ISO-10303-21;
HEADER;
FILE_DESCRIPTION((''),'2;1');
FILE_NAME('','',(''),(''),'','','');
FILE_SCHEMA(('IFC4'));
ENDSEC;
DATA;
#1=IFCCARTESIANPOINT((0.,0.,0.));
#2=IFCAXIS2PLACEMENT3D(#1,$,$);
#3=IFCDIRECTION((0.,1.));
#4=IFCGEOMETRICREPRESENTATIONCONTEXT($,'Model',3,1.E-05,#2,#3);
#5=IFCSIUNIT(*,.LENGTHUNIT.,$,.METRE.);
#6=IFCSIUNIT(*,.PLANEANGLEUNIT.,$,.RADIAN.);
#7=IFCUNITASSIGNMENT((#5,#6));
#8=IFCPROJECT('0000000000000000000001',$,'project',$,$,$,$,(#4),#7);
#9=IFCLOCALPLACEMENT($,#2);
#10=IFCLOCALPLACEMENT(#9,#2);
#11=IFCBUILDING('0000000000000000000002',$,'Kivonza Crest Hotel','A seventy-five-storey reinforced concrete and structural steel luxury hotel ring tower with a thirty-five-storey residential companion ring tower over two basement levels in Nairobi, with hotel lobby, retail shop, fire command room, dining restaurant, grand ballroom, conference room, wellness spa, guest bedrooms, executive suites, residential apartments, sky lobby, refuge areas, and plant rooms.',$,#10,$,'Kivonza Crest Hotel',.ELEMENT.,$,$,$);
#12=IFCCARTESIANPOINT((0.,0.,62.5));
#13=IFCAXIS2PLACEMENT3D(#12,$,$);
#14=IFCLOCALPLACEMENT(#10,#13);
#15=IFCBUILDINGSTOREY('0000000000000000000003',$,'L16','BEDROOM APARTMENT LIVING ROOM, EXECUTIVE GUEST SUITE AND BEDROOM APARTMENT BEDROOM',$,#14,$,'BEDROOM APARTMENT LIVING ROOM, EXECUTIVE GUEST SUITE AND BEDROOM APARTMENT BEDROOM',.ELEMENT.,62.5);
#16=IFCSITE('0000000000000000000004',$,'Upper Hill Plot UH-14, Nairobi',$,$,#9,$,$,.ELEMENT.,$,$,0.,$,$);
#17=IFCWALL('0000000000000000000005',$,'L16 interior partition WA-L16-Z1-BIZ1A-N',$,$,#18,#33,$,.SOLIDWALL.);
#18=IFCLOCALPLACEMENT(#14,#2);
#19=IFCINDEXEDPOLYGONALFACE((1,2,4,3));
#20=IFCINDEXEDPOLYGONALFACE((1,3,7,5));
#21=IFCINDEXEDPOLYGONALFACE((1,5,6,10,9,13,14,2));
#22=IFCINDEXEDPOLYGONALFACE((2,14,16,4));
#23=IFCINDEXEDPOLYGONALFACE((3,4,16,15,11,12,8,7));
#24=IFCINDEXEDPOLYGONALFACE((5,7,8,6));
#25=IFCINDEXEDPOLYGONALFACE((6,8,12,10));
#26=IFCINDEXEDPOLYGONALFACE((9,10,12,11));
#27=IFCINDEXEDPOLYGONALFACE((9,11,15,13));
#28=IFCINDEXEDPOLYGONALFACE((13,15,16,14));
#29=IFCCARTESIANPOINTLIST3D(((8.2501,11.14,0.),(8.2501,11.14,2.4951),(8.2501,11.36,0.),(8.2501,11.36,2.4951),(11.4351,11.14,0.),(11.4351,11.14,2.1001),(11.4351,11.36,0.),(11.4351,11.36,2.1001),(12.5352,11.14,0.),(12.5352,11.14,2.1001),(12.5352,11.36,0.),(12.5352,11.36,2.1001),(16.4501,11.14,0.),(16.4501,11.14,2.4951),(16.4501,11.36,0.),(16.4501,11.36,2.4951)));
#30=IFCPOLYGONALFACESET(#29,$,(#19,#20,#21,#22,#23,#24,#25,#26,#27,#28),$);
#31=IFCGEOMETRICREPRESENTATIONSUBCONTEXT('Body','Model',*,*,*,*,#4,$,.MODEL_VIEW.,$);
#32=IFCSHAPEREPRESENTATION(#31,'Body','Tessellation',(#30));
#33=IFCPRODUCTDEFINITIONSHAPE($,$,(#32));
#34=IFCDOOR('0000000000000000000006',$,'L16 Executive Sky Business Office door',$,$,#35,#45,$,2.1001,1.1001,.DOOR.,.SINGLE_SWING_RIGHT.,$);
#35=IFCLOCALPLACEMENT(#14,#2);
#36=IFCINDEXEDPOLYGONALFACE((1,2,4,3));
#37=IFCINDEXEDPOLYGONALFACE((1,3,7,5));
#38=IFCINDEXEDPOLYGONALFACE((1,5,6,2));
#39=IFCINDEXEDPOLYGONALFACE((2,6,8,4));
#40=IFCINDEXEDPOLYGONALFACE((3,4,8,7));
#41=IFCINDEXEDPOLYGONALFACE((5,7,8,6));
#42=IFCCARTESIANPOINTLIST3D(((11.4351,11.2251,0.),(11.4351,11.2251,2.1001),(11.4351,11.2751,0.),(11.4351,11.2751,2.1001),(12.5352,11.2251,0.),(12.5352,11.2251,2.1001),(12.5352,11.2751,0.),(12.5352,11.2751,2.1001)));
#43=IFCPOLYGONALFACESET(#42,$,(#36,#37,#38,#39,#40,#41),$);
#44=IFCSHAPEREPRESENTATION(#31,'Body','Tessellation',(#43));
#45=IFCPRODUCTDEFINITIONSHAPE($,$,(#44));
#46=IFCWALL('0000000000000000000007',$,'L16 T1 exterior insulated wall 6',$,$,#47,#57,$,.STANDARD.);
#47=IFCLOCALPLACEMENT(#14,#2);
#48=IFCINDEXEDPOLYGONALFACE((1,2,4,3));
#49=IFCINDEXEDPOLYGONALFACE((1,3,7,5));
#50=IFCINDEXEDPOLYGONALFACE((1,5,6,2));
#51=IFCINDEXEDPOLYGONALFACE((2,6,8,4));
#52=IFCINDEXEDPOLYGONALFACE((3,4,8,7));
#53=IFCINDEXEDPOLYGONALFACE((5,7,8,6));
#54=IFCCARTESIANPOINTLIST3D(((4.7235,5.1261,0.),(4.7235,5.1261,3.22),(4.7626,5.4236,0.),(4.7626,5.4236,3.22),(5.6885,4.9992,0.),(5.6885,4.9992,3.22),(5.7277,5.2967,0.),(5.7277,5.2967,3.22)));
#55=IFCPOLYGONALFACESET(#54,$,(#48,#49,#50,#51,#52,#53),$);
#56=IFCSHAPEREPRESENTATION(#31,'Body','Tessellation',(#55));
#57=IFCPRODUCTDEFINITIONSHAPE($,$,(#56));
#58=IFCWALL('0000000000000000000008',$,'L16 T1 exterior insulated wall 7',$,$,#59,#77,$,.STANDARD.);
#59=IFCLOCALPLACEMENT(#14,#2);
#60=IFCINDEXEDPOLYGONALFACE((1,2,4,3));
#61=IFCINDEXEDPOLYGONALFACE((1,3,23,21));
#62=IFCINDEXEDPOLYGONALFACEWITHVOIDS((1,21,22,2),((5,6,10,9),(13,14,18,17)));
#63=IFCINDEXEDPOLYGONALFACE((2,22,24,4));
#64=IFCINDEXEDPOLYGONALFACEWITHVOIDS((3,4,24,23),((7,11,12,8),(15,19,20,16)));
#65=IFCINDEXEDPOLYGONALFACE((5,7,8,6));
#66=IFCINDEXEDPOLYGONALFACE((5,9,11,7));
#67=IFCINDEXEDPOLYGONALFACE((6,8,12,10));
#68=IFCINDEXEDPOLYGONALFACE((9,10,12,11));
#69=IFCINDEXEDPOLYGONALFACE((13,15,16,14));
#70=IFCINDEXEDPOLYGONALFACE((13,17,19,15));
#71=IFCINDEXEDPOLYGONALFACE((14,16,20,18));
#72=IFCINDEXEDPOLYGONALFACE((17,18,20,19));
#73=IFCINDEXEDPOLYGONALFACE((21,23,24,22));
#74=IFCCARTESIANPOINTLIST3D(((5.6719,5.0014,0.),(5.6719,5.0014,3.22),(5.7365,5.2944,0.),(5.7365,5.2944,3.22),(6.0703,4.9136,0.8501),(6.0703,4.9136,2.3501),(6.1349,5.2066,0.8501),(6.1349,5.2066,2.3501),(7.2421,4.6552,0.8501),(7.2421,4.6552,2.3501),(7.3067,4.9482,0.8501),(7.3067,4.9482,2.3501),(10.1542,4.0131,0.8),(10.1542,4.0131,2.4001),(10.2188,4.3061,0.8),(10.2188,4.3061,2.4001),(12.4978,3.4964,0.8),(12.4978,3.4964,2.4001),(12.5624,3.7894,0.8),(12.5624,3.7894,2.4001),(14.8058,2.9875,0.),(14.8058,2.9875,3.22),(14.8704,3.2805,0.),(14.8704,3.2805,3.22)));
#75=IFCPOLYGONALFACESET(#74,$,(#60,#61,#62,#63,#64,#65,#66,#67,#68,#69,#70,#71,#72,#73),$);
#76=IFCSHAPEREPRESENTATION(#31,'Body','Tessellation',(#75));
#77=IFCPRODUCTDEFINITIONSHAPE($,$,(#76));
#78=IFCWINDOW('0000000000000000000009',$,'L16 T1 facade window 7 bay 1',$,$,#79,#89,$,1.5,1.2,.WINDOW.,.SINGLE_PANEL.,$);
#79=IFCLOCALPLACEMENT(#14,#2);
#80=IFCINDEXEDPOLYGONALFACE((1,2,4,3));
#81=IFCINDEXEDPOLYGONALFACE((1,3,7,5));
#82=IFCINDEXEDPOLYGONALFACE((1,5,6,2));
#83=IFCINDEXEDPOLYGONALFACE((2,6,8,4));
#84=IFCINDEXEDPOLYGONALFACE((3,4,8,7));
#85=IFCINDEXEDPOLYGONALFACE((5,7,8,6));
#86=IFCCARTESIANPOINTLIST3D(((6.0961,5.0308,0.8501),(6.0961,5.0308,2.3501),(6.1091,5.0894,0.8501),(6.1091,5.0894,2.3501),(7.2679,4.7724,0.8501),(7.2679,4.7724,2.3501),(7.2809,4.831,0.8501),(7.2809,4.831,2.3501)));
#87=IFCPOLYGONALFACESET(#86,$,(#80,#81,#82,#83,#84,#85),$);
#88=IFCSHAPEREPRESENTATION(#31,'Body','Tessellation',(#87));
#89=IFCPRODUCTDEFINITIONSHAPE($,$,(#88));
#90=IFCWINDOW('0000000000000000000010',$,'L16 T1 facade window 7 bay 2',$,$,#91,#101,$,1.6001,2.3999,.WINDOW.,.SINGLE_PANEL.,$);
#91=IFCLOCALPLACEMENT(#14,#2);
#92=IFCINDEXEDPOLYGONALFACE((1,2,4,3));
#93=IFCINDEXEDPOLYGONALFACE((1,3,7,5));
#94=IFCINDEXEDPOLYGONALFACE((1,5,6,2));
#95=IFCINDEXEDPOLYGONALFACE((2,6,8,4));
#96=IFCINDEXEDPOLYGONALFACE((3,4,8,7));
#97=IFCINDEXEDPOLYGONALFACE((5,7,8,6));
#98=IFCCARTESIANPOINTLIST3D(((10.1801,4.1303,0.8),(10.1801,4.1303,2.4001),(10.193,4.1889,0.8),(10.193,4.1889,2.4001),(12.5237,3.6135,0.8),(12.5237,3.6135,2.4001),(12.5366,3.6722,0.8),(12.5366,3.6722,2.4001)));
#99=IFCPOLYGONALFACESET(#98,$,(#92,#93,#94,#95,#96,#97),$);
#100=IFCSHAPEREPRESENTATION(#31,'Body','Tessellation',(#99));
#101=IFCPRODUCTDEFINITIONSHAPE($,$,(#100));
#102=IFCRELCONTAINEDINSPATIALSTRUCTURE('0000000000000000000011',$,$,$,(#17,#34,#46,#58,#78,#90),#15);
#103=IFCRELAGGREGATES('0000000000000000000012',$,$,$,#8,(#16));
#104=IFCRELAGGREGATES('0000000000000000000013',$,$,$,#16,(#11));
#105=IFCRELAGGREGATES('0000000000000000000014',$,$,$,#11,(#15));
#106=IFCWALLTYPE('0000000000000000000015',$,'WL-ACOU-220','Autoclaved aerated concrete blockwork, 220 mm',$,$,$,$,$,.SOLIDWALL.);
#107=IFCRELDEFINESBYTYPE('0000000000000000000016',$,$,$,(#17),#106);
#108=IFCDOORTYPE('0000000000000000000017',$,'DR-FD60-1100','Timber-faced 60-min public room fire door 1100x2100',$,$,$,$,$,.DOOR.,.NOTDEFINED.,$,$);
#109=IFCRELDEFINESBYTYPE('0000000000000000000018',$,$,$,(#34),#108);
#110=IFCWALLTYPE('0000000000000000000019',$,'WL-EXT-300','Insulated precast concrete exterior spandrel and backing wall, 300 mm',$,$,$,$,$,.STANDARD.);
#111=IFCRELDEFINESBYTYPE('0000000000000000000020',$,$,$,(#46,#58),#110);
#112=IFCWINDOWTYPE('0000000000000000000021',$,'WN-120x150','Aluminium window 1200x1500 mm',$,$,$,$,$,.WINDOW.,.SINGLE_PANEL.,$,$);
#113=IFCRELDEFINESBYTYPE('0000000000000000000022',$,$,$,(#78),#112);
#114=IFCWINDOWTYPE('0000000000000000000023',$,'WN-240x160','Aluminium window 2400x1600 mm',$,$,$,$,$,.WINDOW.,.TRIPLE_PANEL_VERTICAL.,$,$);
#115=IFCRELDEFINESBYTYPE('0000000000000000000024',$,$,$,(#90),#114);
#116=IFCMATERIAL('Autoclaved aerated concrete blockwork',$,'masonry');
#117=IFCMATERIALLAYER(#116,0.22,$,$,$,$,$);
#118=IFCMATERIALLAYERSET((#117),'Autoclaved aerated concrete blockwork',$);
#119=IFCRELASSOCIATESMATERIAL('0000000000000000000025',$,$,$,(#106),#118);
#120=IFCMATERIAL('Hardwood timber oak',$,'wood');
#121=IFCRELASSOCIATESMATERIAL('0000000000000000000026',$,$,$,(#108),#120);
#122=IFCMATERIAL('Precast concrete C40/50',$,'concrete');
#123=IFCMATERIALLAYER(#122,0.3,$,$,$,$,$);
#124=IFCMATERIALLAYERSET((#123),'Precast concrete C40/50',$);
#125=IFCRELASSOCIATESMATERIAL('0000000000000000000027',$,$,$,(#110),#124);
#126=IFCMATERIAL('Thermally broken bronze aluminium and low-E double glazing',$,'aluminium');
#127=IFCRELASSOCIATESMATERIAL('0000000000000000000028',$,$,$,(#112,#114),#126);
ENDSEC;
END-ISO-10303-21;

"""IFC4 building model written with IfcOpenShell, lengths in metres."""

from ifc_helpers import new_model, si_unit, direction, frame, frame_2d, origin, place, context, subcontext, project, spatial, rectangle, extrude, material, layer, layer_set, type_object, element, fill, save


model = new_model("IFC4")

# Units and contexts
model_context = context("Model", 3, precision=1e-05, world=origin(), true_north=direction((0.0, 1.0)))
body_context = subcontext(model_context, "Body", "Model", "MODEL_VIEW")
ifc_project = project(units=[si_unit("LENGTHUNIT", "METRE"), si_unit("PLANEANGLEUNIT", "RADIAN")], contexts=[model_context])

# Site, building, storey
site_placement = place(None, origin())
site = spatial("IfcSite", under=ifc_project, at=site_placement, Name="Upper Hill Plot UH-14, Nairobi", CompositionType="ELEMENT", RefElevation=0.0)
building_placement = place(site_placement, origin())
building = spatial("IfcBuilding", under=site, at=building_placement, Name="Kivonza Crest Hotel", Description="A seventy-five-storey reinforced concrete and structural steel luxury hotel ring tower with a thirty-five-storey residential companion ring tower over two basement levels in Nairobi, with hotel lobby, retail shop, fire command room, dining restaurant, grand ballroom, conference room, wellness spa, guest bedrooms, executive suites, residential apartments, sky lobby, refuge areas, and plant rooms.", LongName="Kivonza Crest Hotel", CompositionType="ELEMENT")
storey_placement = place(building_placement, frame((0.0, 0.0, 62.5)))
storey = spatial("IfcBuildingStorey", under=building, at=storey_placement, Name="L16", Description="BEDROOM APARTMENT LIVING ROOM, EXECUTIVE GUEST SUITE AND BEDROOM APARTMENT BEDROOM", LongName="BEDROOM APARTMENT LIVING ROOM, EXECUTIVE GUEST SUITE AND BEDROOM APARTMENT BEDROOM", CompositionType="ELEMENT", Elevation=62.5)

# Wall, opening, door
ifc_material_1 = material(Name="Autoclaved aerated concrete blockwork", Category="masonry")
ifc_layer_1 = layer(ifc_material_1, 0.22)
ifc_layer_set_1 = layer_set([ifc_layer_1], Name="Autoclaved aerated concrete blockwork")
wall_type_1 = type_object("IfcWallType", Name="WL-ACOU-220", Description="Autoclaved aerated concrete blockwork, 220 mm", PredefinedType="SOLIDWALL", material=ifc_layer_set_1)
ifc_material_2 = material(Name="Hardwood timber oak", Category="wood")
door_type = type_object("IfcDoorType", Name="DR-FD60-1100", Description="Timber-faced 60-min public room fire door 1100x2100", OperationType="NOTDEFINED", PredefinedType="DOOR", material=ifc_material_2)
wall_1_placement = place(storey_placement, frame((8.25, 11.25, 0.0), z_axis=(0.0, 0.0, 1.0), x_axis=(1.0, 0.0, 0.0)))
wall_1 = element("IfcWall", 1, at=wall_1_placement, inside=storey, type_object=wall_type_1, Name="L16 interior partition WA-L16-Z1-BIZ1A-N", PredefinedType="SOLIDWALL", context=body_context, shape_type="SweptSolid", body=[
    extrude(rectangle(XDim=8.2, YDim=0.22, at=frame_2d((4.1001, 0.0))), origin(), (0.0, 0.0, 1.0), 2.4951),
])
opening_1_placement = place(wall_1_placement, frame((3.1851, 0.0, 0.0)))
opening_1 = element("IfcOpeningElement", 2, at=opening_1_placement, cuts=wall_1, PredefinedType="OPENING", context=body_context, shape_type="SweptSolid", body=[
    extrude(rectangle(XDim=1.1001, YDim=2.1001, at=frame_2d((0.55, 1.05))), frame((0.0, 0.1201, 0.0), z_axis=(0.0, -1.0, 0.0), x_axis=(1.0, 0.0, 0.0)), (0.0, 0.0, 1.0), 0.24),
])
door_1_placement = place(opening_1_placement, frame((1.1001, 0.0, 0.0), z_axis=(0.0, 0.0, 1.0), x_axis=(-1.0, 0.0, 0.0)))
door_1 = element("IfcDoor", 3, at=door_1_placement, inside=storey, type_object=door_type, Name="L16 Executive Sky Business Office door", OperationType="SINGLE_SWING_RIGHT", OverallHeight=2.1001, OverallWidth=1.1001, PredefinedType="DOOR", context=body_context, shape_type="SweptSolid", body=[
    extrude(rectangle(XDim=1.1001, YDim=2.1001, at=frame_2d((0.55, 1.05))), frame((0.0, 0.0249, 0.0), z_axis=(0.0, -1.0, 0.0), x_axis=(1.0, 0.0, 0.0)), (0.0, 0.0, 1.0), 0.05),
])
fill(opening_1, door_1)

# Wall
ifc_material_3 = material(Name="Precast concrete C40/50", Category="concrete")
ifc_layer_2 = layer(ifc_material_3, 0.3)
ifc_layer_set_2 = layer_set([ifc_layer_2], Name="Precast concrete C40/50")
wall_type_2 = type_object("IfcWallType", Name="WL-EXT-300", Description="Insulated precast concrete exterior spandrel and backing wall, 300 mm", PredefinedType="STANDARD", material=ifc_layer_set_2)
wall_2_placement = place(storey_placement, frame((4.7429, 5.2749, 0.0), z_axis=(0.0, 0.0, 1.0), x_axis=(0.991459, -0.130422, 0.0)))
element("IfcWall", 4, at=wall_2_placement, inside=storey, type_object=wall_type_2, Name="L16 T1 exterior insulated wall 6", PredefinedType="STANDARD", context=body_context, shape_type="SweptSolid", body=[
    extrude(rectangle(XDim=0.9734, YDim=0.3, at=frame_2d((0.4868, 0.0))), origin(), (0.0, 0.0, 1.0), 3.22),
])

# Wall, openings, windows
wall_3_placement = place(storey_placement, frame((5.7041, 5.1479, 0.0), z_axis=(0.0, 0.0, 1.0), x_axis=(0.976544, -0.215319, 0.0)))
wall_3 = element("IfcWall", 5, at=wall_3_placement, inside=storey, type_object=wall_type_2, Name="L16 T1 exterior insulated wall 7", PredefinedType="STANDARD", context=body_context, shape_type="SweptSolid", body=[
    extrude(rectangle(XDim=9.3533, YDim=0.3, at=frame_2d((4.6768, 0.0))), origin(), (0.0, 0.0, 1.0), 3.22),
])
opening_2_placement = place(wall_3_placement, frame((0.408, 0.0, 0.8501)))
opening_2 = element("IfcOpeningElement", 6, at=opening_2_placement, cuts=wall_3, PredefinedType="OPENING", context=body_context, shape_type="SweptSolid", body=[
    extrude(rectangle(XDim=1.2, YDim=1.5, at=frame_2d((0.6001, 0.75))), frame((0.0, 0.1602, 0.0), z_axis=(0.0, -1.0, 0.0), x_axis=(1.0, 0.0, 0.0)), (0.0, 0.0, 1.0), 0.3201),
])
opening_3_placement = place(wall_3_placement, frame((4.5901, 0.0, 0.8)))
opening_3 = element("IfcOpeningElement", 7, at=opening_3_placement, cuts=wall_3, PredefinedType="OPENING", context=body_context, shape_type="SweptSolid", body=[
    extrude(rectangle(XDim=2.3999, YDim=1.6001, at=frame_2d((1.2, 0.8))), frame((0.0, 0.1602, 0.0), z_axis=(0.0, -1.0, 0.0), x_axis=(1.0, 0.0, 0.0)), (0.0, 0.0, 1.0), 0.3201),
])
ifc_material_4 = material(Name="Thermally broken bronze aluminium and low-E double glazing", Category="aluminium")
window_type_1 = type_object("IfcWindowType", Name="WN-120x150", Description="Aluminium window 1200x1500 mm", PartitioningType="SINGLE_PANEL", PredefinedType="WINDOW", material=ifc_material_4)
window_1_placement = place(opening_2_placement, origin())
window_1 = element("IfcWindow", 8, at=window_1_placement, inside=storey, type_object=window_type_1, Name="L16 T1 facade window 7 bay 1", OverallHeight=1.5, OverallWidth=1.2, PartitioningType="SINGLE_PANEL", PredefinedType="WINDOW", context=body_context, shape_type="SweptSolid", body=[
    extrude(rectangle(XDim=1.2, YDim=1.5, at=frame_2d((0.6001, 0.75))), frame((0.0, 0.03, 0.0), z_axis=(0.0, -1.0, 0.0), x_axis=(1.0, 0.0, 0.0)), (0.0, 0.0, 1.0), 0.0601),
])
fill(opening_2, window_1)
window_type_2 = type_object("IfcWindowType", Name="WN-240x160", Description="Aluminium window 2400x1600 mm", PartitioningType="TRIPLE_PANEL_VERTICAL", PredefinedType="WINDOW", material=ifc_material_4)
window_2_placement = place(opening_3_placement, origin())
window_2 = element("IfcWindow", 9, at=window_2_placement, inside=storey, type_object=window_type_2, Name="L16 T1 facade window 7 bay 2", OverallHeight=1.6001, OverallWidth=2.3999, PartitioningType="SINGLE_PANEL", PredefinedType="WINDOW", context=body_context, shape_type="SweptSolid", body=[
    extrude(rectangle(XDim=2.3999, YDim=1.6001, at=frame_2d((1.2, 0.8))), frame((0.0, 0.03, 0.0), z_axis=(0.0, -1.0, 0.0), x_axis=(1.0, 0.0, 0.0)), (0.0, 0.0, 1.0), 0.0601),
])
fill(opening_3, window_2)

save(model, "model.ifc")
